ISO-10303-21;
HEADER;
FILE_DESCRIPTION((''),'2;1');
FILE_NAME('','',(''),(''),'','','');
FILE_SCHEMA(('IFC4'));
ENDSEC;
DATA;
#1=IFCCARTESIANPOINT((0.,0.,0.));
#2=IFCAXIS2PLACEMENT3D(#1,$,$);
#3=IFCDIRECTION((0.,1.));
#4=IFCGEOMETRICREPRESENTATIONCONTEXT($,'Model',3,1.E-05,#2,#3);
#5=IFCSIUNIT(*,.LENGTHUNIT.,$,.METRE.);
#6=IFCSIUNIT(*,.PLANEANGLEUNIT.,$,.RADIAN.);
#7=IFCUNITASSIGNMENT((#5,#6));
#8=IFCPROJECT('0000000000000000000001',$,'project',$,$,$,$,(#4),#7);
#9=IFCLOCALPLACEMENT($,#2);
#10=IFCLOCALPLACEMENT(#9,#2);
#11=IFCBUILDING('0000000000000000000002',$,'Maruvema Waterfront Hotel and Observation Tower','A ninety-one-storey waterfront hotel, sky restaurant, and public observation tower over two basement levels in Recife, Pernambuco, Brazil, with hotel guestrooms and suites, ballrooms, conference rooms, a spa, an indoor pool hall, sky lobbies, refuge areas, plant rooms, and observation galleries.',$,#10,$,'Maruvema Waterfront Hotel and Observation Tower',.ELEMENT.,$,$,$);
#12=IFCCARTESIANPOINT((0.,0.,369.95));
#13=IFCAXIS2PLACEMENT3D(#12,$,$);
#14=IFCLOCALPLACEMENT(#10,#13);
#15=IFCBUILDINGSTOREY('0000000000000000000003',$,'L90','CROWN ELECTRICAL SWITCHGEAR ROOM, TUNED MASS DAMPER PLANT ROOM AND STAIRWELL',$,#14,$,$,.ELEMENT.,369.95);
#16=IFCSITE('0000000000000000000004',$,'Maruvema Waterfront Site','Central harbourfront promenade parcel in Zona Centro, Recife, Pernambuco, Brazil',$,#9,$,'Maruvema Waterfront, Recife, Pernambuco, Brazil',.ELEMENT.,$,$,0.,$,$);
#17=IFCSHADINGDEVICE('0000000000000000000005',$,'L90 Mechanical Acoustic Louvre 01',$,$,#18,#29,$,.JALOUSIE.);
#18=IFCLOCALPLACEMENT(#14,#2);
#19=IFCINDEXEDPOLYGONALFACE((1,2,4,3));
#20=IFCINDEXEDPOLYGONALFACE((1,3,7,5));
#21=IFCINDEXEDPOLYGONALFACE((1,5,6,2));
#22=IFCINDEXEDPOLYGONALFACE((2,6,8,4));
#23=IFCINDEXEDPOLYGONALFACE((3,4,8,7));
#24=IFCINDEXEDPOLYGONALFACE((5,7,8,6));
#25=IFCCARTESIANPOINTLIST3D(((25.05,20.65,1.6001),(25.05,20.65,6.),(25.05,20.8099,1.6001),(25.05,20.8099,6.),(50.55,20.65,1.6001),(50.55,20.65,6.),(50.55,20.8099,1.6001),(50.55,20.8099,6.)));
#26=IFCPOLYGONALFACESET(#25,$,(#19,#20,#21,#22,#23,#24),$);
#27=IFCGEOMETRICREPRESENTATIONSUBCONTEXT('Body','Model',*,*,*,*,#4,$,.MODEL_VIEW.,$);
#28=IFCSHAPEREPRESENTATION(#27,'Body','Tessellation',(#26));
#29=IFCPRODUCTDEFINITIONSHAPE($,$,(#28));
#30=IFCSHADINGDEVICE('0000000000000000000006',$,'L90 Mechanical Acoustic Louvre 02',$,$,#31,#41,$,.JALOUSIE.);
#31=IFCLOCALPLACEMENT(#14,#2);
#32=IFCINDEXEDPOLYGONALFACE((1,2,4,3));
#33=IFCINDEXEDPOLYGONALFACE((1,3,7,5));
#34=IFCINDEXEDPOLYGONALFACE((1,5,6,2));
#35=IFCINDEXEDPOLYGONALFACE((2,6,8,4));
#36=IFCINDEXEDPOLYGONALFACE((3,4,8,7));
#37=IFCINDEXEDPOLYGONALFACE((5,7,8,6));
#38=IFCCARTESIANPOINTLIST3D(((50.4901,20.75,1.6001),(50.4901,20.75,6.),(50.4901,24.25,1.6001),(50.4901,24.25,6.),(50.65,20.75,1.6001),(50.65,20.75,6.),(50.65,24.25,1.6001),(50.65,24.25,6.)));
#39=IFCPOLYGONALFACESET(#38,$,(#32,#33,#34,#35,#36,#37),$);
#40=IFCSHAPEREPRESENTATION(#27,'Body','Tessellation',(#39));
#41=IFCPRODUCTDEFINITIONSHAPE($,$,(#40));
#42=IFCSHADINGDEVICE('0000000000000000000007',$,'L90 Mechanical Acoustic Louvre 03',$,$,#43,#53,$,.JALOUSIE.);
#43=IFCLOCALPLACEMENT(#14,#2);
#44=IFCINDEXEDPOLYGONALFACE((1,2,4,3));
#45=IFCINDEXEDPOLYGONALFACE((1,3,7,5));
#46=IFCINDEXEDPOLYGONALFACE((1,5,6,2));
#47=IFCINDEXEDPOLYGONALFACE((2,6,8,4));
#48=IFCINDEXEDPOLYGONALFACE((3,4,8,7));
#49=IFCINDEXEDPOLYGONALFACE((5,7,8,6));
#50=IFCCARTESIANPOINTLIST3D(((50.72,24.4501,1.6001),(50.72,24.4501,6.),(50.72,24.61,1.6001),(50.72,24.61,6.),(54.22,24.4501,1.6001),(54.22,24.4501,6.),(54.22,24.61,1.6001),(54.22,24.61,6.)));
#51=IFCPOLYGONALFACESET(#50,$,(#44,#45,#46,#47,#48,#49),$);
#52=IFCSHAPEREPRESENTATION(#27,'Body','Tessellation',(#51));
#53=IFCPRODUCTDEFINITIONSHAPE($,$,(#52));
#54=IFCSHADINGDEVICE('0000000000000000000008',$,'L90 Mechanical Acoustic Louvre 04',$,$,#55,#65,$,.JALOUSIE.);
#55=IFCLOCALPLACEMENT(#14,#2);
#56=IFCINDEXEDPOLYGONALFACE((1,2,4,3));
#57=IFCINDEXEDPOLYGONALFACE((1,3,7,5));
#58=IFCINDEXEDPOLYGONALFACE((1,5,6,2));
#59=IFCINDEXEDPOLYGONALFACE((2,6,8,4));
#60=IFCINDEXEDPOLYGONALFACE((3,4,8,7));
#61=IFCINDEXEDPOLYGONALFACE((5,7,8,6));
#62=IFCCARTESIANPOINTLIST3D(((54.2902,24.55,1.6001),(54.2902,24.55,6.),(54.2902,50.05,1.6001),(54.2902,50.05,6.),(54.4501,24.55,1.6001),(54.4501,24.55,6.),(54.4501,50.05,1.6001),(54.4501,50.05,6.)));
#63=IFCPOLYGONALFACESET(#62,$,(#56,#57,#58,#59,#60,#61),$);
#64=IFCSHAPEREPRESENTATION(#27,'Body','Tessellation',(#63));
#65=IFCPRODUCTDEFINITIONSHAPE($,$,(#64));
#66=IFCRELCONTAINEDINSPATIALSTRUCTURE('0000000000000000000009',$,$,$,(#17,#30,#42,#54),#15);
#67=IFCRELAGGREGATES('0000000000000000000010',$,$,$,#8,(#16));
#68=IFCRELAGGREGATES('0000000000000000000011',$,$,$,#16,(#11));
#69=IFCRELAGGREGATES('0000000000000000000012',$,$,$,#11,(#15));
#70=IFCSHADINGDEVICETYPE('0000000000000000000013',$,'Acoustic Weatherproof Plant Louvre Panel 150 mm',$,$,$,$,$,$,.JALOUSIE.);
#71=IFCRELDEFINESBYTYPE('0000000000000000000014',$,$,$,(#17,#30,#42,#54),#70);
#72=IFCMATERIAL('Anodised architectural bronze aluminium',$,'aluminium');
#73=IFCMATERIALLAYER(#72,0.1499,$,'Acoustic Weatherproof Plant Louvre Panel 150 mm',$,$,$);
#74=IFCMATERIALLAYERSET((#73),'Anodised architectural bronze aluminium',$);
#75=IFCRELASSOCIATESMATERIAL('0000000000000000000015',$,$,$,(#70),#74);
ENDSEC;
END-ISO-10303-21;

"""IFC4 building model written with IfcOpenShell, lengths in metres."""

from ifc_helpers import new_model, si_unit, direction, frame, origin, origin_2d, place, context, subcontext, project, spatial, rectangle, extrude, material, layer, layer_set, type_object, element, save


model = new_model("IFC4")

# Units and contexts
model_context = context("Model", 3, precision=1e-05, world=origin(), true_north=direction((0.0, 1.0)))
body_context = subcontext(model_context, "Body", "Model", "MODEL_VIEW")
ifc_project = project(units=[si_unit("LENGTHUNIT", "METRE"), si_unit("PLANEANGLEUNIT", "RADIAN")], contexts=[model_context])

# Site, building, storey
site_placement = place(None, origin())
site = spatial("IfcSite", under=ifc_project, at=site_placement, Name="Maruvema Waterfront Site", Description="Central harbourfront promenade parcel in Zona Centro, Recife, Pernambuco, Brazil", LongName="Maruvema Waterfront, Recife, Pernambuco, Brazil", CompositionType="ELEMENT", RefElevation=0.0)
building_placement = place(site_placement, origin())
building = spatial("IfcBuilding", under=site, at=building_placement, Name="Maruvema Waterfront Hotel and Observation Tower", Description="A ninety-one-storey waterfront hotel, sky restaurant, and public observation tower over two basement levels in Recife, Pernambuco, Brazil, with hotel guestrooms and suites, ballrooms, conference rooms, a spa, an indoor pool hall, sky lobbies, refuge areas, plant rooms, and observation galleries.", LongName="Maruvema Waterfront Hotel and Observation Tower", CompositionType="ELEMENT")
storey_placement = place(building_placement, frame((0.0, 0.0, 369.95)))
storey = spatial("IfcBuildingStorey", under=building, at=storey_placement, Name="L90", Description="CROWN ELECTRICAL SWITCHGEAR ROOM, TUNED MASS DAMPER PLANT ROOM AND STAIRWELL", CompositionType="ELEMENT", Elevation=369.95)

# Shading devices
ifc_material_1 = material(Name="Anodised architectural bronze aluminium", Category="aluminium")
ifc_layer_1 = layer(ifc_material_1, 0.1499, Name="Acoustic Weatherproof Plant Louvre Panel 150 mm")
ifc_layer_set_1 = layer_set([ifc_layer_1], Name="Anodised architectural bronze aluminium")
shading_device_type = type_object("IfcShadingDeviceType", Name="Acoustic Weatherproof Plant Louvre Panel 150 mm", PredefinedType="JALOUSIE", material=ifc_layer_set_1)
shading_device_1_placement = place(storey_placement, frame((37.8, 20.73, 1.6001), z_axis=(0.0, 0.0, 1.0), x_axis=(1.0, 0.0, 0.0)))
element("IfcShadingDevice", 1, at=shading_device_1_placement, inside=storey, type_object=shading_device_type, Name="L90 Mechanical Acoustic Louvre 01", PredefinedType="JALOUSIE", context=body_context, shape_type="SweptSolid", body=[
    extrude(rectangle(XDim=25.5, YDim=0.1599, at=origin_2d()), origin(), (0.0, 0.0, 1.0), 4.3999),
])
for number, where, z_axis, x_axis, name in (
    (2, (50.5701, 22.5, 1.6001), (0.0, 0.0, 1.0), (0.0, 1.0, 0.0), "L90 Mechanical Acoustic Louvre 02"),
    (3, (52.47, 24.53, 1.6001), (0.0, 0.0, 1.0), (1.0, 0.0, 0.0), "L90 Mechanical Acoustic Louvre 03"),
):
    element("IfcShadingDevice", number, at=place(storey_placement, frame(where, z_axis=z_axis, x_axis=x_axis)), inside=storey, type_object=shading_device_type, Name=name, PredefinedType="JALOUSIE", context=body_context, shape_type="SweptSolid", body=[
        extrude(rectangle(XDim=3.5, YDim=0.1599, at=origin_2d()), origin(), (0.0, 0.0, 1.0), 4.3999),
    ])
shading_device_2_placement = place(storey_placement, frame((54.3701, 37.3, 1.6001), z_axis=(0.0, 0.0, 1.0), x_axis=(0.0, 1.0, 0.0)))
element("IfcShadingDevice", 4, at=shading_device_2_placement, inside=storey, type_object=shading_device_type, Name="L90 Mechanical Acoustic Louvre 04", PredefinedType="JALOUSIE", context=body_context, shape_type="SweptSolid", body=[
    extrude(rectangle(XDim=25.5, YDim=0.1599, at=origin_2d()), origin(), (0.0, 0.0, 1.0), 4.3999),
])

save(model, "model.ifc")
